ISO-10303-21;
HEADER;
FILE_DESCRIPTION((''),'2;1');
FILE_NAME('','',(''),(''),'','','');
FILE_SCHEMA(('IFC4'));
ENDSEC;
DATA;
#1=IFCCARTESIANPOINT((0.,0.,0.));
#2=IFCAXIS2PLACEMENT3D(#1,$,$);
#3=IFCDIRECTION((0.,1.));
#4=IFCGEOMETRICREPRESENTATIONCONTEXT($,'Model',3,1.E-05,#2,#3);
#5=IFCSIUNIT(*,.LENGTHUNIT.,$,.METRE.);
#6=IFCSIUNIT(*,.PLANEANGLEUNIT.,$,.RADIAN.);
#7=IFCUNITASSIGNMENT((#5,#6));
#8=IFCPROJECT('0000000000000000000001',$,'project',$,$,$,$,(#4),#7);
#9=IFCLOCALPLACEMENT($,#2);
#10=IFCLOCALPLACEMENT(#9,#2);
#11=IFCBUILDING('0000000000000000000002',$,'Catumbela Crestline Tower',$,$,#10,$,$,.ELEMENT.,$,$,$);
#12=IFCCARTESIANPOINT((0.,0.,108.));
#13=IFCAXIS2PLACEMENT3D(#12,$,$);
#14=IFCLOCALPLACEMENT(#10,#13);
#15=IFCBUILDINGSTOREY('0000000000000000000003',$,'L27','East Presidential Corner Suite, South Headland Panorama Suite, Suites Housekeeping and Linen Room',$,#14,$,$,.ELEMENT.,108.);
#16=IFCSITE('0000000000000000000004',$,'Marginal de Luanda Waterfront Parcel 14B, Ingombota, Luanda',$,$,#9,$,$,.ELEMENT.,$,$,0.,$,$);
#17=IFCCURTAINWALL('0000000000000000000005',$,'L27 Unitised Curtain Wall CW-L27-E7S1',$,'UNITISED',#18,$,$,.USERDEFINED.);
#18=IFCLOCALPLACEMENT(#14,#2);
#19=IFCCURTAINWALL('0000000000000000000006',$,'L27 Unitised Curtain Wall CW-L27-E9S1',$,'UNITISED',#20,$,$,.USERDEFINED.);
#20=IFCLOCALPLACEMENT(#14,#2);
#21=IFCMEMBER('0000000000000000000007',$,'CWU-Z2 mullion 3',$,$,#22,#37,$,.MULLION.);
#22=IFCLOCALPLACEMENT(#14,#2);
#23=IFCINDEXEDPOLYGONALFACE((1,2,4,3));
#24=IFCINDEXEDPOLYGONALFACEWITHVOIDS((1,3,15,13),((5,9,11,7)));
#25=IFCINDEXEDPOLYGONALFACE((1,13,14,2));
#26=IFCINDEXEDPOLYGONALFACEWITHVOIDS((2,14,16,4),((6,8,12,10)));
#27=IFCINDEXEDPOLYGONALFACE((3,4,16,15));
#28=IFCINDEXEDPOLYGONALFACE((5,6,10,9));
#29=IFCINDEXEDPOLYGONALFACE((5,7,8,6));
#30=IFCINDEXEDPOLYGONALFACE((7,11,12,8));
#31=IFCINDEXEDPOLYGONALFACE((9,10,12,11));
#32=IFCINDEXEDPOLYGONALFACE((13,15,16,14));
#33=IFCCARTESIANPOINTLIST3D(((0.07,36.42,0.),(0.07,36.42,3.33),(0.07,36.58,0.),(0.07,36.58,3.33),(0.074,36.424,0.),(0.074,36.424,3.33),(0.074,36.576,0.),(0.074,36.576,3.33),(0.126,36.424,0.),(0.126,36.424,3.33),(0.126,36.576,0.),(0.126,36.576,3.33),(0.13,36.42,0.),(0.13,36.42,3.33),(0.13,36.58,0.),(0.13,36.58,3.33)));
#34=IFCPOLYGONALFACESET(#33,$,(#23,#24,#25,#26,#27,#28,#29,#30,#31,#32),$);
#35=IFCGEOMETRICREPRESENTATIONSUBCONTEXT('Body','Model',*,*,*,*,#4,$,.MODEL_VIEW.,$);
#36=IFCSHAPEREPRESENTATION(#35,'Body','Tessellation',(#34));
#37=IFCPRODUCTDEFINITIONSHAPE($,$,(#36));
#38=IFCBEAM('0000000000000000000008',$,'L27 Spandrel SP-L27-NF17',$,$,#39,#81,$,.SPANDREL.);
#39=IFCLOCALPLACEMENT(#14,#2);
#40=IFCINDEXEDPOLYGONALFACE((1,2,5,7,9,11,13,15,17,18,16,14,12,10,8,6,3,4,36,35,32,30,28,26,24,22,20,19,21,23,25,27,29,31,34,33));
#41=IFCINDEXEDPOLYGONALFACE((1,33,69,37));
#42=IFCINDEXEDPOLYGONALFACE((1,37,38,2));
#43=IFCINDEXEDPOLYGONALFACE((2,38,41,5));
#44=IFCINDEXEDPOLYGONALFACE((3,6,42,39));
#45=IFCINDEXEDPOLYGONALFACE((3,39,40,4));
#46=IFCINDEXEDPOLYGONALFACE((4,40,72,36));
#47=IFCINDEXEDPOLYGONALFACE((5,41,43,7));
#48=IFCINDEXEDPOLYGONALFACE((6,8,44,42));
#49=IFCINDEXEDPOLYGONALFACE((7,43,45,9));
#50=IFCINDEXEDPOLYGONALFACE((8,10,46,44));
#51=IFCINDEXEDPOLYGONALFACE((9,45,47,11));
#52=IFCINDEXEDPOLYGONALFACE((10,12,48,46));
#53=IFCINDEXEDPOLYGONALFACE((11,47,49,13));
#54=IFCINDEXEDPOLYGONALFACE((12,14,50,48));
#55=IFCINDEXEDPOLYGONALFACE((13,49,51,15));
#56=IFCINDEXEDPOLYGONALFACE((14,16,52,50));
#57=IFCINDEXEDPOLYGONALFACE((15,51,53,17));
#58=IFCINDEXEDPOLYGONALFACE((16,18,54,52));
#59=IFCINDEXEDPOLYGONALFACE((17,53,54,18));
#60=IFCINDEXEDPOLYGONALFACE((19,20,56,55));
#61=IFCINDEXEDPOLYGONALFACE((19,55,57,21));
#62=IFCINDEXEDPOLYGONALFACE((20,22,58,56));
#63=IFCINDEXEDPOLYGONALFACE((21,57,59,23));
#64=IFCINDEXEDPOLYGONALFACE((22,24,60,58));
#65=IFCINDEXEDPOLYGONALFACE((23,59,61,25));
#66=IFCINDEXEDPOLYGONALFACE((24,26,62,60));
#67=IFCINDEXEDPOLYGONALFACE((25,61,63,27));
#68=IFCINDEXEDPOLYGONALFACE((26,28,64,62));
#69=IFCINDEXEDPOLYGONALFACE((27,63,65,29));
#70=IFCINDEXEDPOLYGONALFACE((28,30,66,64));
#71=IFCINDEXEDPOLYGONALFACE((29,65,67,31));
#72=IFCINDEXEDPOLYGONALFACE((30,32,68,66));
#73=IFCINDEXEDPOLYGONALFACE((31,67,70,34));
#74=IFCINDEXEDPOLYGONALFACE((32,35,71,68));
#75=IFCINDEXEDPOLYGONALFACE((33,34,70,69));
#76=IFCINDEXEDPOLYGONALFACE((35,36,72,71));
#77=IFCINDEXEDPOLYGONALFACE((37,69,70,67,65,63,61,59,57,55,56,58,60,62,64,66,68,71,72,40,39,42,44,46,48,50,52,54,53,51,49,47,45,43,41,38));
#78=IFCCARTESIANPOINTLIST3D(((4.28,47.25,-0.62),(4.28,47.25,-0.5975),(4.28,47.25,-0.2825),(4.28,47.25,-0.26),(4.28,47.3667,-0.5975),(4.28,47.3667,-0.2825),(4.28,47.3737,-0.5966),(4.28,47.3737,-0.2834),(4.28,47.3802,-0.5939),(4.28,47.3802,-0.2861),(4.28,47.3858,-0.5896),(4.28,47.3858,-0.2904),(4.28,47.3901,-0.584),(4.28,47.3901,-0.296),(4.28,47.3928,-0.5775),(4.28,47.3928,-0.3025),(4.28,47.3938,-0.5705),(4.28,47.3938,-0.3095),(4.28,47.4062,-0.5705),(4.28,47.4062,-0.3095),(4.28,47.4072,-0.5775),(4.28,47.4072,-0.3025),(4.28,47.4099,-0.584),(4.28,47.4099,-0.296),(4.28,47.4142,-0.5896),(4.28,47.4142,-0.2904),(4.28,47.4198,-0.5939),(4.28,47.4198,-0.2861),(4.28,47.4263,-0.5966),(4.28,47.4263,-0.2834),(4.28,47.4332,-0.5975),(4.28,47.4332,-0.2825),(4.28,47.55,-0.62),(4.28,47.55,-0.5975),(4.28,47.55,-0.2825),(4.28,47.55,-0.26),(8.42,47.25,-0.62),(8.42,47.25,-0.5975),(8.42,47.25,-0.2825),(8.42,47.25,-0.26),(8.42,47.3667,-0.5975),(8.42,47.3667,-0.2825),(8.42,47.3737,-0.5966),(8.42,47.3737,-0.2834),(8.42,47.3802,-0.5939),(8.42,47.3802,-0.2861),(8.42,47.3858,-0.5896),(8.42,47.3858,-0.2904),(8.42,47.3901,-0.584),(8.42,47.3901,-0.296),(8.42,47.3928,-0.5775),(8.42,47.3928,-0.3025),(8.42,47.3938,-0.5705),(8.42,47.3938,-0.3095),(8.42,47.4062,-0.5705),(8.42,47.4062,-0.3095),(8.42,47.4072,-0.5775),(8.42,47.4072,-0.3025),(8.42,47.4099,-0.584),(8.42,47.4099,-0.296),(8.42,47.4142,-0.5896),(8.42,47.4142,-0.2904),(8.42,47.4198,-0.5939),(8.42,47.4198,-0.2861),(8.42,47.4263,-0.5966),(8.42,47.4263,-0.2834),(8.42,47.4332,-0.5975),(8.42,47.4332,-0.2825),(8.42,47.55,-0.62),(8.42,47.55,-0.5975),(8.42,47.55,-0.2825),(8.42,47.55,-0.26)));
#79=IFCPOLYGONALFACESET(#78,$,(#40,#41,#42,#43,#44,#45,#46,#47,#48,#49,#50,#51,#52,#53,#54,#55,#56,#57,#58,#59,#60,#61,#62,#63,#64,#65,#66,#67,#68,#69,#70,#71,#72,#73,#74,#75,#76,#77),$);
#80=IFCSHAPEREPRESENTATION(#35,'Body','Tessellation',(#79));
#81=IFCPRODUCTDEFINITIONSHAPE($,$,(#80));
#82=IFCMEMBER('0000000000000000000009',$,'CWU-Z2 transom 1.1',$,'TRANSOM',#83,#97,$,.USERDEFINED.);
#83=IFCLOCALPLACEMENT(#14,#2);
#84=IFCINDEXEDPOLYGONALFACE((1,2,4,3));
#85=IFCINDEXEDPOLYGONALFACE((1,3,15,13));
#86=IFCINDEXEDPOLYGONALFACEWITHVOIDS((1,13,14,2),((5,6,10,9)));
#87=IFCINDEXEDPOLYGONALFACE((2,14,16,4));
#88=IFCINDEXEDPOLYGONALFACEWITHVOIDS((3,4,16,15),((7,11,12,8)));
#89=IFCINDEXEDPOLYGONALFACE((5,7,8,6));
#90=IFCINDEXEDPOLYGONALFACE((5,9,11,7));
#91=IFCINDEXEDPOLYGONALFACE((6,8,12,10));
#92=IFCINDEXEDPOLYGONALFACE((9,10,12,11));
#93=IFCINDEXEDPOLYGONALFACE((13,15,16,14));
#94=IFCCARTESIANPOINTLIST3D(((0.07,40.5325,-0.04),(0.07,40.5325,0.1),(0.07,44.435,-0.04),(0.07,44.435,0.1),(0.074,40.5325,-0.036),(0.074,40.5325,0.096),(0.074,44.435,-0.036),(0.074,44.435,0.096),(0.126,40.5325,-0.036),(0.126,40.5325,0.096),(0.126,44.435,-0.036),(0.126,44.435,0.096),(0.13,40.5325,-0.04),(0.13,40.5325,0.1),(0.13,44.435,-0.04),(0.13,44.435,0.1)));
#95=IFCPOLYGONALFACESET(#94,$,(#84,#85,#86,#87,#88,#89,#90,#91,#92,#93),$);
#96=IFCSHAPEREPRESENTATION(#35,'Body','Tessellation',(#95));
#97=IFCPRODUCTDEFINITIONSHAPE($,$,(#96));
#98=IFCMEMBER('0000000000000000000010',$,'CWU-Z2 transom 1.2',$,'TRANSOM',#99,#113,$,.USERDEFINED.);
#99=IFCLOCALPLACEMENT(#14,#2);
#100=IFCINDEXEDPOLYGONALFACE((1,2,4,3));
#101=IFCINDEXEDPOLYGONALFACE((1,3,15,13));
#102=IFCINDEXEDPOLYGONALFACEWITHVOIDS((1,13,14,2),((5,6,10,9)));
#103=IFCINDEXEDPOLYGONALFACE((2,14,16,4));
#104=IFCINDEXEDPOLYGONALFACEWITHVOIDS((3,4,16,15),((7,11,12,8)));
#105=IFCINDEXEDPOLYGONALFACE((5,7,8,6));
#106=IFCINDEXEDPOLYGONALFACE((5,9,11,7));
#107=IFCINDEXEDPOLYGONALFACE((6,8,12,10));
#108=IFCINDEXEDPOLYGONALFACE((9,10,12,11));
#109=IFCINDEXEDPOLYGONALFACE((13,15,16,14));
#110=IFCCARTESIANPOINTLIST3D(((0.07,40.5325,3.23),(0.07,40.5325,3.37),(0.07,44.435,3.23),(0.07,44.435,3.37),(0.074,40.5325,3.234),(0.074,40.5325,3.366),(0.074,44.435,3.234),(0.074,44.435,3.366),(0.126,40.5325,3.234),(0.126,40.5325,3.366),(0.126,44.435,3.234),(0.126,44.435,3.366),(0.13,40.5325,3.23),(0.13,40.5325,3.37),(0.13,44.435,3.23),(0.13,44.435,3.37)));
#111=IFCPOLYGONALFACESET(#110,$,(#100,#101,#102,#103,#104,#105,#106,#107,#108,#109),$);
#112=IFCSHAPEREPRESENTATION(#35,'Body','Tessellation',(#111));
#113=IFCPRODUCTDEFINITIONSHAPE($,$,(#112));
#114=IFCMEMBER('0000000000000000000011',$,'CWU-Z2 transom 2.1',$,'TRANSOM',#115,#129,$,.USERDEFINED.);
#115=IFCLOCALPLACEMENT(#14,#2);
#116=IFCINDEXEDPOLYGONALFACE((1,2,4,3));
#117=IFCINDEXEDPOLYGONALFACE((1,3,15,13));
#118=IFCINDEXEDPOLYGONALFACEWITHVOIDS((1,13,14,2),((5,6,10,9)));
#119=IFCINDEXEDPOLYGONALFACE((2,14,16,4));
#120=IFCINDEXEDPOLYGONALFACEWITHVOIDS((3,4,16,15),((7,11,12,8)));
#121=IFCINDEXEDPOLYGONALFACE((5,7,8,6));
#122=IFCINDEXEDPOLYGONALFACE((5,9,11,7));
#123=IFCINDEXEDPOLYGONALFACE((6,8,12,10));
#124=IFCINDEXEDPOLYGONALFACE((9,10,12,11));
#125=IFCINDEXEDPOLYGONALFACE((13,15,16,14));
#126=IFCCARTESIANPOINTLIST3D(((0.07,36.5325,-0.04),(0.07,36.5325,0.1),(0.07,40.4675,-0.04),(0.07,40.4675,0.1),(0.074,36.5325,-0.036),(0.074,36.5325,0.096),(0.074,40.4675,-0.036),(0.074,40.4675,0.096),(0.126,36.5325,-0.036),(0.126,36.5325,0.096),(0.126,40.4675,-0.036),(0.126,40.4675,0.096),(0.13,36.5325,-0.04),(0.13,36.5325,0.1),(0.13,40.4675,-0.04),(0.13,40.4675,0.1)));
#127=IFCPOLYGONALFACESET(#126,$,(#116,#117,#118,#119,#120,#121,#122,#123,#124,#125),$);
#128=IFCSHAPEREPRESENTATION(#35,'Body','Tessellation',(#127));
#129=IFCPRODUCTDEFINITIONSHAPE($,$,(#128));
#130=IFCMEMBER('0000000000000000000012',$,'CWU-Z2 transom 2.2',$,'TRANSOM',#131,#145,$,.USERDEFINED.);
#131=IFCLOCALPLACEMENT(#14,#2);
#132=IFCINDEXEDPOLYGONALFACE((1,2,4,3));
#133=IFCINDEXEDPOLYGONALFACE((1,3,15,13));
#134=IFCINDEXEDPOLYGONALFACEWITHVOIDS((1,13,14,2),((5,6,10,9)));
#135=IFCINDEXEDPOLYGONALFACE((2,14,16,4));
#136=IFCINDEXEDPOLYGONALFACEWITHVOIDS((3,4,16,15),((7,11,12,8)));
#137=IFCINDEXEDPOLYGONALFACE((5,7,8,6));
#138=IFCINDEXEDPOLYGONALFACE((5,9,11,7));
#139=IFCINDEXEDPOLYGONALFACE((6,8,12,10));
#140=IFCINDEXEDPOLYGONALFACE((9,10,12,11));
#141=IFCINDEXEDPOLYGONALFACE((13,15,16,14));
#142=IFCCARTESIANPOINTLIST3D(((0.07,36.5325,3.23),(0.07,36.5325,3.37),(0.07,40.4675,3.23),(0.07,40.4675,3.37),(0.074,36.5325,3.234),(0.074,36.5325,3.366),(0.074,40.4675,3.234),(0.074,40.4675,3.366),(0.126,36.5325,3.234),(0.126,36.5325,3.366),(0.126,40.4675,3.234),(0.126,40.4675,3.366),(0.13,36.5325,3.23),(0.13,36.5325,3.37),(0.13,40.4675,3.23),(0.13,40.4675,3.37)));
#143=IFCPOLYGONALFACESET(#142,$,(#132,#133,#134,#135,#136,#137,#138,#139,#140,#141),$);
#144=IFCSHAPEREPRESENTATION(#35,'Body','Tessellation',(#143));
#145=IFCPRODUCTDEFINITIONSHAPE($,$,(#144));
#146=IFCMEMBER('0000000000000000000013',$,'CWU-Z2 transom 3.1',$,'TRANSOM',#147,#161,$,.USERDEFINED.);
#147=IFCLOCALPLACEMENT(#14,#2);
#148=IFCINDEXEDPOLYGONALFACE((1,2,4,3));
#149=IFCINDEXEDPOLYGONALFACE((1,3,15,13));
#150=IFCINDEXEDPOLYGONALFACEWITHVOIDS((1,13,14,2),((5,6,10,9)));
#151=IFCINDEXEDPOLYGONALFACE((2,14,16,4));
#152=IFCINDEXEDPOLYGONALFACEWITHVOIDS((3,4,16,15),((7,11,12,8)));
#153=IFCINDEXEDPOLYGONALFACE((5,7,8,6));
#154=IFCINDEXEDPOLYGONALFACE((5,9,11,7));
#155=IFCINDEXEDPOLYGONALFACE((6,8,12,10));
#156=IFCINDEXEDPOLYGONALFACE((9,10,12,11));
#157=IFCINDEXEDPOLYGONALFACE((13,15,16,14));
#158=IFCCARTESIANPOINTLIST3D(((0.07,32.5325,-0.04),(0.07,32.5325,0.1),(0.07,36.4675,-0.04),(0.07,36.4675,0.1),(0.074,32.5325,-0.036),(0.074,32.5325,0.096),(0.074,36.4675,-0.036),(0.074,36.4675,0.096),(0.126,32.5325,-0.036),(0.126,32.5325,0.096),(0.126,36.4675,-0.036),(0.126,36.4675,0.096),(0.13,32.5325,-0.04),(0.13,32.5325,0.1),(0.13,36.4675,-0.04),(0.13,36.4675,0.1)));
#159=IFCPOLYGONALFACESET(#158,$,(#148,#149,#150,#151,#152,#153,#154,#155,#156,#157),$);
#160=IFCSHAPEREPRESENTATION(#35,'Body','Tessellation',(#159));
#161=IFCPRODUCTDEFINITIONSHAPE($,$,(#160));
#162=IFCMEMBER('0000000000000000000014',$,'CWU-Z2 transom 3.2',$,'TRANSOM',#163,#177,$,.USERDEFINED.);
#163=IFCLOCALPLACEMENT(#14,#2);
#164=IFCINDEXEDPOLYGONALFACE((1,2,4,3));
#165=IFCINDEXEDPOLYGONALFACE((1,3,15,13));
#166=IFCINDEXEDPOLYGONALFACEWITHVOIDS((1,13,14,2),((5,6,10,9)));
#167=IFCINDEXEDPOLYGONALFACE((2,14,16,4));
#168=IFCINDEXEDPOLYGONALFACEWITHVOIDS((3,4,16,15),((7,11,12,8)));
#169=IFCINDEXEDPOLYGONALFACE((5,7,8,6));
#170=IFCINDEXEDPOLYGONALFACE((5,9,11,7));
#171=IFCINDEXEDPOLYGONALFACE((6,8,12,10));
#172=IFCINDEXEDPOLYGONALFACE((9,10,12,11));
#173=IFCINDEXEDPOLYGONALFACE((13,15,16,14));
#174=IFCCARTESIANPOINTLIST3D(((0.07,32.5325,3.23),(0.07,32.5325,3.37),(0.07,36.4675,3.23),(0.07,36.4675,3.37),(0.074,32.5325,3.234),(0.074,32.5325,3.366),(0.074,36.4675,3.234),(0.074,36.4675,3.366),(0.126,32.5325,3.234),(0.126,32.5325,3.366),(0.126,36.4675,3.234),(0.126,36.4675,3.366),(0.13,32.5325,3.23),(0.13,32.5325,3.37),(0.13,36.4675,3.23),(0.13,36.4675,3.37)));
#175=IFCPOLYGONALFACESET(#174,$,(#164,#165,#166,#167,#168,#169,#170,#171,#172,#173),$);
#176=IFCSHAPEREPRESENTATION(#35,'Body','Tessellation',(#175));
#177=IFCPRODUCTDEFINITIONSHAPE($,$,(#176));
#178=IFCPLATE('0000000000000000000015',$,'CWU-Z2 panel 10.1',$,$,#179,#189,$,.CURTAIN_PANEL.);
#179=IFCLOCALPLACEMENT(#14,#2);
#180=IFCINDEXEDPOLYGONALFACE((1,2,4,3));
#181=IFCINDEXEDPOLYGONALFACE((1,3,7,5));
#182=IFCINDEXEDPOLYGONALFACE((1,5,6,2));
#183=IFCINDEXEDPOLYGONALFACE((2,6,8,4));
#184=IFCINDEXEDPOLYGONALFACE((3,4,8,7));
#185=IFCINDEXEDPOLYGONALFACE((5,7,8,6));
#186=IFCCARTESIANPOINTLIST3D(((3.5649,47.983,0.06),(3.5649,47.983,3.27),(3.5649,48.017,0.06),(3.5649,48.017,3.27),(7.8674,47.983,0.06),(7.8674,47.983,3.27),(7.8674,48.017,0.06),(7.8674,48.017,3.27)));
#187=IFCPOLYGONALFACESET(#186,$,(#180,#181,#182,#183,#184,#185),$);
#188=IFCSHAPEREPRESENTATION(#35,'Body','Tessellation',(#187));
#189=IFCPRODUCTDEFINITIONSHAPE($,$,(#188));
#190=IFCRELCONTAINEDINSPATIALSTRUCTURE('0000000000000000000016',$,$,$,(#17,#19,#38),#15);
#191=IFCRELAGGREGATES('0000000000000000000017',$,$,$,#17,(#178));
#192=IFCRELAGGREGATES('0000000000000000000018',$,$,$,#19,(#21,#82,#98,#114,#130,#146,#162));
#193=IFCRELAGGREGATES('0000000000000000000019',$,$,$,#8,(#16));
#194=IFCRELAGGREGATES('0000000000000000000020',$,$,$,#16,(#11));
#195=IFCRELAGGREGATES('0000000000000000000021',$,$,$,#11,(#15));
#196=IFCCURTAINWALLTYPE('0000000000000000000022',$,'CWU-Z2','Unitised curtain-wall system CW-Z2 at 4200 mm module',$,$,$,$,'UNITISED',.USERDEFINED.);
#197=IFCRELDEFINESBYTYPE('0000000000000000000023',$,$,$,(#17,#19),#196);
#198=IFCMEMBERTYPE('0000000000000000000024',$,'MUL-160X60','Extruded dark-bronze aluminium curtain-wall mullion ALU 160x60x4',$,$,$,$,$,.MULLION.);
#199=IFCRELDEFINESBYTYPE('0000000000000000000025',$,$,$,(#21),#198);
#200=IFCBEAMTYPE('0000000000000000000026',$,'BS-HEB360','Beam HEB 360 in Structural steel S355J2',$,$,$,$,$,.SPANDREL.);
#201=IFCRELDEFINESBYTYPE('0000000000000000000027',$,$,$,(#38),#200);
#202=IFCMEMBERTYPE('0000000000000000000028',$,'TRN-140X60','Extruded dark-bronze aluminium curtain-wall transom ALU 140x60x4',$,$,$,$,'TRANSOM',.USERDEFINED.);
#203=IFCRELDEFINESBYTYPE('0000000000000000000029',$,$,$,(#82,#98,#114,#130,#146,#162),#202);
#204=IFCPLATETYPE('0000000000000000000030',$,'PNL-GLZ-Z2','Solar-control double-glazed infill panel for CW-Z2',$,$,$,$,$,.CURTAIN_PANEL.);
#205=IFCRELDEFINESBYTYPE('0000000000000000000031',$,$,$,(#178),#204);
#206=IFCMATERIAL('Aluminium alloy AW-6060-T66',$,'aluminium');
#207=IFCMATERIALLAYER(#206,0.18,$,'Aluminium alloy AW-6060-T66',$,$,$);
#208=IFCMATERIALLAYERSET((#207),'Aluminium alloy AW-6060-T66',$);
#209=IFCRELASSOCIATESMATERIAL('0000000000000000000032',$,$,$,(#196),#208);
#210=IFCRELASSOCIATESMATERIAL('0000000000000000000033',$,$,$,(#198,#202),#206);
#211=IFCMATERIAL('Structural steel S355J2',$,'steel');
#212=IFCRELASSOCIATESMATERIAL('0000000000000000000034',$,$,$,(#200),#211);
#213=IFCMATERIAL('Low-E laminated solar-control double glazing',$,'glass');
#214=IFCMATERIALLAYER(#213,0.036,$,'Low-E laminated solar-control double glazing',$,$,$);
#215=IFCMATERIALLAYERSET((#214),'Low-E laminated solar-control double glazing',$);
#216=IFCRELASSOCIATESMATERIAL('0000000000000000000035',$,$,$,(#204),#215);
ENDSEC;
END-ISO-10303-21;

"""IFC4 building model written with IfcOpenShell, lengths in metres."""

from ifc_helpers import new_model, si_unit, direction, frame, origin, origin_2d, place, context, subcontext, project, spatial, rectangle, hollow_rectangle, i_section, extrude, material, layer, layer_set, material_profile, profile_set, type_object, element, aggregate, save


model = new_model("IFC4")

# Units and contexts
model_context = context("Model", 3, precision=1e-05, world=origin(), true_north=direction((0.0, 1.0)))
body_context = subcontext(model_context, "Body", "Model", "MODEL_VIEW")
ifc_project = project(units=[si_unit("LENGTHUNIT", "METRE"), si_unit("PLANEANGLEUNIT", "RADIAN")], contexts=[model_context])

# Site, building, storey
site_placement = place(None, origin())
site = spatial("IfcSite", under=ifc_project, at=site_placement, Name="Marginal de Luanda Waterfront Parcel 14B, Ingombota, Luanda", CompositionType="ELEMENT", RefElevation=0.0)
building_placement = place(site_placement, origin())
building = spatial("IfcBuilding", under=site, at=building_placement, Name="Catumbela Crestline Tower", CompositionType="ELEMENT")
storey_placement = place(building_placement, frame((0.0, 0.0, 108.0)))
storey = spatial("IfcBuildingStorey", under=building, at=storey_placement, Name="L27", Description="East Presidential Corner Suite, South Headland Panorama Suite, Suites Housekeeping and Linen Room", CompositionType="ELEMENT", Elevation=108.0)

# Shared definitions
ifc_material_1 = material(Name="Structural steel S355J2", Category="steel")

# Curtain wall
ifc_material_2 = material(Name="Aluminium alloy AW-6060-T66", Category="aluminium")
ifc_layer_1 = layer(ifc_material_2, 0.18, Name="Aluminium alloy AW-6060-T66")
ifc_layer_set_1 = layer_set([ifc_layer_1], Name="Aluminium alloy AW-6060-T66")
curtain_wall_type = type_object("IfcCurtainWallType", Name="CWU-Z2", Description="Unitised curtain-wall system CW-Z2 at 4200 mm module", ElementType="UNITISED", PredefinedType="USERDEFINED", material=ifc_layer_set_1)
curtain_wall_1_placement = place(storey_placement, origin())
curtain_wall_1 = element("IfcCurtainWall", 1, at=curtain_wall_1_placement, inside=storey, type_object=curtain_wall_type, Name="L27 Unitised Curtain Wall CW-L27-E7S1", ObjectType="UNITISED", PredefinedType="USERDEFINED")
ifc_material_profile_1 = material_profile(ifc_material_2, hollow_rectangle(XDim=0.06, YDim=0.16, WallThickness=0.004, at=origin_2d()), Name="ALU 160x60x4")
ifc_profile_set_1 = profile_set([ifc_material_profile_1], Name="Aluminium alloy AW-6060-T66")
member_type_1 = type_object("IfcMemberType", Name="MUL-160X60", Description="Extruded dark-bronze aluminium curtain-wall mullion ALU 160x60x4", PredefinedType="MULLION", material=ifc_profile_set_1)

# Curtain wall, member
curtain_wall_2_placement = place(storey_placement, origin())
curtain_wall_2 = element("IfcCurtainWall", 2, at=curtain_wall_2_placement, inside=storey, type_object=curtain_wall_type, Name="L27 Unitised Curtain Wall CW-L27-E9S1", ObjectType="UNITISED", PredefinedType="USERDEFINED")
member_1_placement = place(storey_placement, frame((0.1, 36.5, 0.0), z_axis=(0.0, 0.0, 1.0), x_axis=(1.0, 0.0, 0.0)))
member_1 = element("IfcMember", 3, at=member_1_placement, type_object=member_type_1, Name="CWU-Z2 mullion 3", PredefinedType="MULLION", context=body_context, shape_type="SweptSolid", body=[
    extrude(hollow_rectangle(XDim=0.06, YDim=0.16, WallThickness=0.004, at=origin_2d()), origin(), (0.0, 0.0, 1.0), 3.33),
])

# Beam
ifc_material_profile_2 = material_profile(ifc_material_1, i_section(OverallWidth=0.3, OverallDepth=0.36, WebThickness=0.0125, FlangeThickness=0.0225, FilletRadius=0.027, at=origin_2d()), Name="HEB 360")
ifc_profile_set_2 = profile_set([ifc_material_profile_2], Name="Structural steel S355J2")
beam_type_1 = type_object("IfcBeamType", Name="BS-HEB360", Description="Beam HEB 360 in Structural steel S355J2", PredefinedType="SPANDREL", material=ifc_profile_set_2)
beam_1_placement = place(storey_placement, frame((4.28, 47.4, -0.44), z_axis=(1.0, 0.0, 0.0), x_axis=(0.0, 1.0, 0.0)))
element("IfcBeam", 4, at=beam_1_placement, inside=storey, type_object=beam_type_1, Name="L27 Spandrel SP-L27-NF17", PredefinedType="SPANDREL", context=body_context, shape_type="SweptSolid", body=[
    extrude(i_section(OverallWidth=0.3, OverallDepth=0.36, WebThickness=0.0125, FlangeThickness=0.0225, FilletRadius=0.027, at=origin_2d()), origin(), (0.0, 0.0, 1.0), 4.14),
])

# Members
ifc_material_profile_3 = material_profile(ifc_material_2, hollow_rectangle(XDim=0.06, YDim=0.14, WallThickness=0.004, at=origin_2d()), Name="ALU 140x60x4")
ifc_profile_set_3 = profile_set([ifc_material_profile_3], Name="Aluminium alloy AW-6060-T66")
member_type_2 = type_object("IfcMemberType", Name="TRN-140X60", Description="Extruded dark-bronze aluminium curtain-wall transom ALU 140x60x4", ElementType="TRANSOM", PredefinedType="USERDEFINED", material=ifc_profile_set_3)
member_2_placement = place(storey_placement, frame((0.1, 44.435, 0.03), z_axis=(0.0, -1.0, 0.0), x_axis=(1.0, 0.0, 0.0)))
member_2 = element("IfcMember", 5, at=member_2_placement, type_object=member_type_2, Name="CWU-Z2 transom 1.1", ObjectType="TRANSOM", PredefinedType="USERDEFINED", context=body_context, shape_type="SweptSolid", body=[
    extrude(hollow_rectangle(XDim=0.06, YDim=0.14, WallThickness=0.004, at=origin_2d()), origin(), (0.0, 0.0, 1.0), 3.9025),
])
member_3_placement = place(storey_placement, frame((0.1, 44.435, 3.3), z_axis=(0.0, -1.0, 0.0), x_axis=(1.0, 0.0, 0.0)))
member_3 = element("IfcMember", 6, at=member_3_placement, type_object=member_type_2, Name="CWU-Z2 transom 1.2", ObjectType="TRANSOM", PredefinedType="USERDEFINED", context=body_context, shape_type="SweptSolid", body=[
    extrude(hollow_rectangle(XDim=0.06, YDim=0.14, WallThickness=0.004, at=origin_2d()), origin(), (0.0, 0.0, 1.0), 3.9025),
])
member_4_placement = place(storey_placement, frame((0.1, 40.4675, 0.03), z_axis=(0.0, -1.0, 0.0), x_axis=(1.0, 0.0, 0.0)))
member_4 = element("IfcMember", 7, at=member_4_placement, type_object=member_type_2, Name="CWU-Z2 transom 2.1", ObjectType="TRANSOM", PredefinedType="USERDEFINED", context=body_context, shape_type="SweptSolid", body=[
    extrude(hollow_rectangle(XDim=0.06, YDim=0.14, WallThickness=0.004, at=origin_2d()), origin(), (0.0, 0.0, 1.0), 3.935),
])
member_5_placement = place(storey_placement, frame((0.1, 40.4675, 3.3), z_axis=(0.0, -1.0, 0.0), x_axis=(1.0, 0.0, 0.0)))
member_5 = element("IfcMember", 8, at=member_5_placement, type_object=member_type_2, Name="CWU-Z2 transom 2.2", ObjectType="TRANSOM", PredefinedType="USERDEFINED", context=body_context, shape_type="SweptSolid", body=[
    extrude(hollow_rectangle(XDim=0.06, YDim=0.14, WallThickness=0.004, at=origin_2d()), origin(), (0.0, 0.0, 1.0), 3.935),
])
member_6_placement = place(storey_placement, frame((0.1, 36.4675, 0.03), z_axis=(0.0, -1.0, 0.0), x_axis=(1.0, 0.0, 0.0)))
member_6 = element("IfcMember", 9, at=member_6_placement, type_object=member_type_2, Name="CWU-Z2 transom 3.1", ObjectType="TRANSOM", PredefinedType="USERDEFINED", context=body_context, shape_type="SweptSolid", body=[
    extrude(hollow_rectangle(XDim=0.06, YDim=0.14, WallThickness=0.004, at=origin_2d()), origin(), (0.0, 0.0, 1.0), 3.935),
])
member_7_placement = place(storey_placement, frame((0.1, 36.4675, 3.3), z_axis=(0.0, -1.0, 0.0), x_axis=(1.0, 0.0, 0.0)))
member_7 = element("IfcMember", 10, at=member_7_placement, type_object=member_type_2, Name="CWU-Z2 transom 3.2", ObjectType="TRANSOM", PredefinedType="USERDEFINED", context=body_context, shape_type="SweptSolid", body=[
    extrude(hollow_rectangle(XDim=0.06, YDim=0.14, WallThickness=0.004, at=origin_2d()), origin(), (0.0, 0.0, 1.0), 3.935),
])

# Plate
ifc_material_3 = material(Name="Low-E laminated solar-control double glazing", Category="glass")
ifc_layer_2 = layer(ifc_material_3, 0.036, Name="Low-E laminated solar-control double glazing")
ifc_layer_set_2 = layer_set([ifc_layer_2], Name="Low-E laminated solar-control double glazing")
plate_type = type_object("IfcPlateType", Name="PNL-GLZ-Z2", Description="Solar-control double-glazed infill panel for CW-Z2", PredefinedType="CURTAIN_PANEL", material=ifc_layer_set_2)
plate_1_placement = place(storey_placement, frame((5.7162, 48.0, 0.06), z_axis=(0.0, 0.0, 1.0), x_axis=(-1.0, 0.0, 0.0)))
plate_1 = element("IfcPlate", 11, at=plate_1_placement, type_object=plate_type, Name="CWU-Z2 panel 10.1", PredefinedType="CURTAIN_PANEL", context=body_context, shape_type="SweptSolid", body=[
    extrude(rectangle(XDim=4.3025, YDim=0.034, at=origin_2d()), origin(), (0.0, 0.0, 1.0), 3.21),
])
aggregate(curtain_wall_1, [plate_1])
aggregate(curtain_wall_2, [member_1, member_2, member_3, member_4, member_5, member_6, member_7])

save(model, "model.ifc")
